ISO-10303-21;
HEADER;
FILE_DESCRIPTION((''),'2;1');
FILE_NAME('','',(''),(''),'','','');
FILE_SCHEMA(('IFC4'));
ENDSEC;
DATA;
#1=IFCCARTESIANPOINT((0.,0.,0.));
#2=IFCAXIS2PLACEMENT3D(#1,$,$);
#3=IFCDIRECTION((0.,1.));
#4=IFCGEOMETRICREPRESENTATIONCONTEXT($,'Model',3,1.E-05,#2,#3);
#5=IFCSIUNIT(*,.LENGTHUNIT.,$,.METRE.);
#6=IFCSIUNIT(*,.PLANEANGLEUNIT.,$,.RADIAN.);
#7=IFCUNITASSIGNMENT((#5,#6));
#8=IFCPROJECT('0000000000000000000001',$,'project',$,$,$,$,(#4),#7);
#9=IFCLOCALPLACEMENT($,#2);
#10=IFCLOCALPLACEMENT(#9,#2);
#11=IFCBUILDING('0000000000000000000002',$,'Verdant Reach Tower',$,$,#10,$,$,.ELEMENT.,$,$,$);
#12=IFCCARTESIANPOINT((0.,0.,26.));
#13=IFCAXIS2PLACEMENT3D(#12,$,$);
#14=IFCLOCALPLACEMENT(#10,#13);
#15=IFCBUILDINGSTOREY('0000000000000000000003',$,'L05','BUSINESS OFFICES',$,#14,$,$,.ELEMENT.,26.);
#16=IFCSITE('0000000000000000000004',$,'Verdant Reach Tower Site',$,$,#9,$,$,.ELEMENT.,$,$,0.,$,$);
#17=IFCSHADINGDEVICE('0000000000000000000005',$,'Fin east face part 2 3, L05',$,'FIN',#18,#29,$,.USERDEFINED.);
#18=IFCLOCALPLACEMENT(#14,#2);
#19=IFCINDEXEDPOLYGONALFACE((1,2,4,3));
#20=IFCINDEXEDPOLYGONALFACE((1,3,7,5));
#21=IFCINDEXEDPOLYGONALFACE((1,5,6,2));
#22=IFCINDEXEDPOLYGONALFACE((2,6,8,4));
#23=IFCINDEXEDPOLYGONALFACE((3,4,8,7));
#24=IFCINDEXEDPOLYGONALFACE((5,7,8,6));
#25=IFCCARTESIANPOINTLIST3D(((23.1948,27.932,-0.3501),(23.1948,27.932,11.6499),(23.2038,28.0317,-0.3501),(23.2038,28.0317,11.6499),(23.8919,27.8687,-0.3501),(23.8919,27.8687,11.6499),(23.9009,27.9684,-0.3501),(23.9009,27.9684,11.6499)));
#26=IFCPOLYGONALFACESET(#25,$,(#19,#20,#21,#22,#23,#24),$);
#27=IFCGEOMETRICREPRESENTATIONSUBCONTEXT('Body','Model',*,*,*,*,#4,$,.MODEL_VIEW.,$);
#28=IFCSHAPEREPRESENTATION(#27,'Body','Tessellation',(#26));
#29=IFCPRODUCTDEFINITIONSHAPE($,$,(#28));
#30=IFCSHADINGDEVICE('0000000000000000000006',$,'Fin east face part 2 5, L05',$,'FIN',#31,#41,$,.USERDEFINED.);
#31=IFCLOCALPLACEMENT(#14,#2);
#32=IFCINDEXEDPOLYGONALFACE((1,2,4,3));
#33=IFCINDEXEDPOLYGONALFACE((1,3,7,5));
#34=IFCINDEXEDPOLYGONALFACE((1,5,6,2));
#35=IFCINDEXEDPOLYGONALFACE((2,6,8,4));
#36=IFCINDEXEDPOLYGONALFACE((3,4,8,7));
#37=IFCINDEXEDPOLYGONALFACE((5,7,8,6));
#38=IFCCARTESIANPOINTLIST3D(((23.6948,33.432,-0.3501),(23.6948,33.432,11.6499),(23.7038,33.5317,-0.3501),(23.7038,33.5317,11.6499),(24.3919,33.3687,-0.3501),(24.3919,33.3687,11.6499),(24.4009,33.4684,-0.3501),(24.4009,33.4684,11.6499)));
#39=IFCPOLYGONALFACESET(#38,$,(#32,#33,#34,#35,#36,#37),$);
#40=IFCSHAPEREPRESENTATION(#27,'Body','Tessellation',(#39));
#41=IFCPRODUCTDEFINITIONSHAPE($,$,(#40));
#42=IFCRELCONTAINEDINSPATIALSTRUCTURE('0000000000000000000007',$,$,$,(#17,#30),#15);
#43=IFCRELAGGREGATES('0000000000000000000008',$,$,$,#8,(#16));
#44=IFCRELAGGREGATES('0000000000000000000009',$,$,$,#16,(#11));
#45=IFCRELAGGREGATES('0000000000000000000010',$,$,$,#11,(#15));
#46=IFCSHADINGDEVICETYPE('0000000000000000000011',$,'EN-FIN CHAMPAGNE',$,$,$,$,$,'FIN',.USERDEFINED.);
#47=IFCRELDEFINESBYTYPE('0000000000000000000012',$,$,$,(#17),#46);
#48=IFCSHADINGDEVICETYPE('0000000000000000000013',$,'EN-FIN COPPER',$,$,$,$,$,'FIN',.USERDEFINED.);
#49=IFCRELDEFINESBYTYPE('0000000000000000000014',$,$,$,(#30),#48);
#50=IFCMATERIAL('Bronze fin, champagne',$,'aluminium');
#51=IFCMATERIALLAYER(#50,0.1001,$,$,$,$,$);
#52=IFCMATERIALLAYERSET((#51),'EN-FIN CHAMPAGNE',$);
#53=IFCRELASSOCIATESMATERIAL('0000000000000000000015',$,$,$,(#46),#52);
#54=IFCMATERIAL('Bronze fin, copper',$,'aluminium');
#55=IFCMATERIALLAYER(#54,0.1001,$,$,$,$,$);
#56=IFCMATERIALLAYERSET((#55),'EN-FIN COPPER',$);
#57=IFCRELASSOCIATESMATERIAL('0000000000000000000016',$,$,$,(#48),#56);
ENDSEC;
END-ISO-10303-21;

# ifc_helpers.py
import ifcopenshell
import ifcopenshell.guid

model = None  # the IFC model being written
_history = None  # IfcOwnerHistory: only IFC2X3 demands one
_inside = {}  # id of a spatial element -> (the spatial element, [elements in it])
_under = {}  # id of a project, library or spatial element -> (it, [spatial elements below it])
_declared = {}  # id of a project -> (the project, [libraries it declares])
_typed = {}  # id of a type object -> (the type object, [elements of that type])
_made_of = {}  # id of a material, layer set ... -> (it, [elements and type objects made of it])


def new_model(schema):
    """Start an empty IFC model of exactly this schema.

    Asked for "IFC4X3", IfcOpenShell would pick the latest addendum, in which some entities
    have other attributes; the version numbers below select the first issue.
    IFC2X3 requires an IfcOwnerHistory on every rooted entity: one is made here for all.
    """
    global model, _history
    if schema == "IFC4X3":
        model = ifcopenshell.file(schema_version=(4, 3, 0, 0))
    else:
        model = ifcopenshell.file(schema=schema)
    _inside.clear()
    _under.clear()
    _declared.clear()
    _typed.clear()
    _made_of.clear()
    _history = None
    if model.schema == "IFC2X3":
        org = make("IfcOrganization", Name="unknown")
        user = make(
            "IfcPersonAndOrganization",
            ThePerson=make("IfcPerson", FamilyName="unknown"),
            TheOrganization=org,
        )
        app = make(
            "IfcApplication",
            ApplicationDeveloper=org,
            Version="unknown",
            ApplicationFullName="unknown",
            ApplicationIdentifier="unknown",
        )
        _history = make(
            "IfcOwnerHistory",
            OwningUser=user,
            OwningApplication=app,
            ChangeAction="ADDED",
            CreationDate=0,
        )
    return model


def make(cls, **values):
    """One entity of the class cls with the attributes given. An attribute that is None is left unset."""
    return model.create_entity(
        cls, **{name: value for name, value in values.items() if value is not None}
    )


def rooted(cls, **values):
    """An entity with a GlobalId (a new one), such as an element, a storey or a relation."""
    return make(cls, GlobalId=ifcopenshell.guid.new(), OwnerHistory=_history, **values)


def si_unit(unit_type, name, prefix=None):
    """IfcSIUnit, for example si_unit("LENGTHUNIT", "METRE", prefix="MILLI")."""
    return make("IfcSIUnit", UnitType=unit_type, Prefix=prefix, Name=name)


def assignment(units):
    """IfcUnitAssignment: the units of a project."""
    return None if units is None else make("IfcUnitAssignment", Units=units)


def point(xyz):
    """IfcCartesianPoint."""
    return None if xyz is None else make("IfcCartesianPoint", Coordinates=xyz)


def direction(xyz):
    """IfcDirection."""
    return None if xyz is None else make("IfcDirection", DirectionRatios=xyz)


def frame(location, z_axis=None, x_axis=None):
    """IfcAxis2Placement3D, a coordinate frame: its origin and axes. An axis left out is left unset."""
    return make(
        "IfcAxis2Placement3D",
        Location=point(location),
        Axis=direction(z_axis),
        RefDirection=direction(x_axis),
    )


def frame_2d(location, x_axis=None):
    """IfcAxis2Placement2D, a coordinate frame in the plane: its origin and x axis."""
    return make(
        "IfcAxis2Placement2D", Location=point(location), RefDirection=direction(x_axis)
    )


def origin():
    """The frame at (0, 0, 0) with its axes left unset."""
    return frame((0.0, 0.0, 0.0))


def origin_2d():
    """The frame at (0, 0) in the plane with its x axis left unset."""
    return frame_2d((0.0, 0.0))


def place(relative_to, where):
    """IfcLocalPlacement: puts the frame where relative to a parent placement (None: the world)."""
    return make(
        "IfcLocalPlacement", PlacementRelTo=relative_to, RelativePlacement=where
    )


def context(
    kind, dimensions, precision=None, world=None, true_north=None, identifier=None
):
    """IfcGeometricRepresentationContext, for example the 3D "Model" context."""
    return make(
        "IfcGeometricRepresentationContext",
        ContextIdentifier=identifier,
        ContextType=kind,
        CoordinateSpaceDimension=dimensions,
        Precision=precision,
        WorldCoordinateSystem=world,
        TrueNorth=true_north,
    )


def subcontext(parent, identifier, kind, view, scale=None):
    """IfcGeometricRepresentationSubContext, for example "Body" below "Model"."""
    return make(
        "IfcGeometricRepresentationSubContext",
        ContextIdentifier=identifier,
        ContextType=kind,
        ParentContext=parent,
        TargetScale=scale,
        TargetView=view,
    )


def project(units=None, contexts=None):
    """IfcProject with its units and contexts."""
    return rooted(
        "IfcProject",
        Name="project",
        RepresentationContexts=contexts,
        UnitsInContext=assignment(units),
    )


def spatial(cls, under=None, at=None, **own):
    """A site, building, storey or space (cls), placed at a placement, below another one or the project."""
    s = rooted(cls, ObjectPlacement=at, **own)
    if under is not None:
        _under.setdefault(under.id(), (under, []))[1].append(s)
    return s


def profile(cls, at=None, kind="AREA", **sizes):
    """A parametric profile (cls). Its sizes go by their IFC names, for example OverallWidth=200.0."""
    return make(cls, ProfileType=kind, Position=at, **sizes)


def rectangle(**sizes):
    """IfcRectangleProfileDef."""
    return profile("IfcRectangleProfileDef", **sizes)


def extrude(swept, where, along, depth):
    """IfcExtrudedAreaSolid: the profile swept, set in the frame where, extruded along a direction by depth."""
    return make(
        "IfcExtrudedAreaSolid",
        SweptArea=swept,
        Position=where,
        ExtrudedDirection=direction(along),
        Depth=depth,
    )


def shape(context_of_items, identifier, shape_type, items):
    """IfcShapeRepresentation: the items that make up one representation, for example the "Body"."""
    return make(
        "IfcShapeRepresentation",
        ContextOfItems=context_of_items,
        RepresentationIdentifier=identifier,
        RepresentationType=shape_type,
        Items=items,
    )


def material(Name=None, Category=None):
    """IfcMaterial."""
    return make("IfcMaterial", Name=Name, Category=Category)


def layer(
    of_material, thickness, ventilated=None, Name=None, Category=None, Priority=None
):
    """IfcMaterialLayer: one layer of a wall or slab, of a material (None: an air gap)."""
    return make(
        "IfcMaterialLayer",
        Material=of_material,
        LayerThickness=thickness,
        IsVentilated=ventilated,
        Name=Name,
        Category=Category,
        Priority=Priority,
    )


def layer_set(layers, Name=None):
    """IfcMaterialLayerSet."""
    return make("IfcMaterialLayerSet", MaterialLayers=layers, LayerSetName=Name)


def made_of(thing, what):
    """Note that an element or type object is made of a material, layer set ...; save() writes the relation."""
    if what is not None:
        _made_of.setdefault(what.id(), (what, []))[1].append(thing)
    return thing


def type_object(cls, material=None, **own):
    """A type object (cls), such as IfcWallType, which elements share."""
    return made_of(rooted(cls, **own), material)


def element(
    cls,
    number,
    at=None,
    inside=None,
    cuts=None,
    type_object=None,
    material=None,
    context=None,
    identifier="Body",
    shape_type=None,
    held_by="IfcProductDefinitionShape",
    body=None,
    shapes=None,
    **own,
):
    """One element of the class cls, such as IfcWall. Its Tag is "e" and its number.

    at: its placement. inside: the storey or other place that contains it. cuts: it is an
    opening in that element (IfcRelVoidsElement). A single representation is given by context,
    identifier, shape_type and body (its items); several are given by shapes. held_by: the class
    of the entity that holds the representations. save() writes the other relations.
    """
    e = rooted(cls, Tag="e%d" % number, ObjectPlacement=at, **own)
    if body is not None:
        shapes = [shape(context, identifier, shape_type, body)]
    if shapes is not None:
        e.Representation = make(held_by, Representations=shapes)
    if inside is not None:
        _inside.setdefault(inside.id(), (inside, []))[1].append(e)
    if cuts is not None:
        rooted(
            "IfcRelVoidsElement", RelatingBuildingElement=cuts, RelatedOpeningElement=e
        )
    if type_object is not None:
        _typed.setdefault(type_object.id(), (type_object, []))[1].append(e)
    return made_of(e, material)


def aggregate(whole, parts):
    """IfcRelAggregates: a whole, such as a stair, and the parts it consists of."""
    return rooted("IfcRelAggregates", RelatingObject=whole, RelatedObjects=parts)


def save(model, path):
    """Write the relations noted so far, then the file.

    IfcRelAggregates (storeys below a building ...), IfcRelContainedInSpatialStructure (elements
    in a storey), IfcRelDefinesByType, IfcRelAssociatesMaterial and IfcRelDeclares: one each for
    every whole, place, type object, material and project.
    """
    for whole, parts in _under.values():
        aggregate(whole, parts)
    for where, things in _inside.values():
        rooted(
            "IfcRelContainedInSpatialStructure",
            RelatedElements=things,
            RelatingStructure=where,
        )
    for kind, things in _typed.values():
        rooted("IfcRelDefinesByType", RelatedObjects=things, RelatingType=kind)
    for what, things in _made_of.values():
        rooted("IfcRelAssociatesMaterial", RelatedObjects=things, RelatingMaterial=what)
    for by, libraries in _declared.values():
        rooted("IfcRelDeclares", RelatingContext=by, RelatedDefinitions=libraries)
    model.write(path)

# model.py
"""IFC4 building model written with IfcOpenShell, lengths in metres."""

from ifc_helpers import new_model, si_unit, direction, frame, origin, origin_2d, place, context, subcontext, project, spatial, rectangle, extrude, material, layer, layer_set, type_object, element, save


model = new_model("IFC4")

# Units and contexts
model_context = context("Model", 3, precision=1e-05, world=origin(), true_north=direction((0.0, 1.0)))
body_context = subcontext(model_context, "Body", "Model", "MODEL_VIEW")
ifc_project = project(units=[si_unit("LENGTHUNIT", "METRE"), si_unit("PLANEANGLEUNIT", "RADIAN")], contexts=[model_context])

# Site, building, storey
site_placement = place(None, origin())
site = spatial("IfcSite", under=ifc_project, at=site_placement, Name="Verdant Reach Tower Site", CompositionType="ELEMENT", RefElevation=0.0)
building_placement = place(site_placement, origin())
building = spatial("IfcBuilding", under=site, at=building_placement, Name="Verdant Reach Tower", CompositionType="ELEMENT")
storey_placement = place(building_placement, frame((0.0, 0.0, 26.0)))
storey = spatial("IfcBuildingStorey", under=building, at=storey_placement, Name="L05", Description="BUSINESS OFFICES", CompositionType="ELEMENT", Elevation=26.0)

# Shading devices
ifc_material_1 = material(Name="Bronze fin, champagne", Category="aluminium")
ifc_layer_1 = layer(ifc_material_1, 0.1001)
ifc_layer_set_1 = layer_set([ifc_layer_1], Name="EN-FIN CHAMPAGNE")
shading_device_type_1 = type_object("IfcShadingDeviceType", Name="EN-FIN CHAMPAGNE", ElementType="FIN", PredefinedType="USERDEFINED", material=ifc_layer_set_1)
shading_device_1_placement = place(storey_placement, frame((23.5479, 27.9502, -0.3501), z_axis=(0.0, 0.0, 1.0), x_axis=(0.090536, 0.995893, 0.0)))
element("IfcShadingDevice", 1, at=shading_device_1_placement, inside=storey, type_object=shading_device_type_1, Name="Fin east face part 2 3, L05", ObjectType="FIN", PredefinedType="USERDEFINED", context=body_context, shape_type="SweptSolid", body=[
    extrude(rectangle(XDim=0.1001, YDim=0.7, at=origin_2d()), origin(), (0.0, 0.0, 1.0), 12.0),
])
ifc_material_2 = material(Name="Bronze fin, copper", Category="aluminium")
ifc_layer_2 = layer(ifc_material_2, 0.1001)
ifc_layer_set_2 = layer_set([ifc_layer_2], Name="EN-FIN COPPER")
shading_device_type_2 = type_object("IfcShadingDeviceType", Name="EN-FIN COPPER", ElementType="FIN", PredefinedType="USERDEFINED", material=ifc_layer_set_2)
shading_device_2_placement = place(storey_placement, frame((24.0479, 33.4502, -0.3501), z_axis=(0.0, 0.0, 1.0), x_axis=(0.090536, 0.995893, 0.0)))
element("IfcShadingDevice", 2, at=shading_device_2_placement, inside=storey, type_object=shading_device_type_2, Name="Fin east face part 2 5, L05", ObjectType="FIN", PredefinedType="USERDEFINED", context=body_context, shape_type="SweptSolid", body=[
    extrude(rectangle(XDim=0.1001, YDim=0.7, at=origin_2d()), origin(), (0.0, 0.0, 1.0), 12.0),
])

save(model, "model.ifc")
